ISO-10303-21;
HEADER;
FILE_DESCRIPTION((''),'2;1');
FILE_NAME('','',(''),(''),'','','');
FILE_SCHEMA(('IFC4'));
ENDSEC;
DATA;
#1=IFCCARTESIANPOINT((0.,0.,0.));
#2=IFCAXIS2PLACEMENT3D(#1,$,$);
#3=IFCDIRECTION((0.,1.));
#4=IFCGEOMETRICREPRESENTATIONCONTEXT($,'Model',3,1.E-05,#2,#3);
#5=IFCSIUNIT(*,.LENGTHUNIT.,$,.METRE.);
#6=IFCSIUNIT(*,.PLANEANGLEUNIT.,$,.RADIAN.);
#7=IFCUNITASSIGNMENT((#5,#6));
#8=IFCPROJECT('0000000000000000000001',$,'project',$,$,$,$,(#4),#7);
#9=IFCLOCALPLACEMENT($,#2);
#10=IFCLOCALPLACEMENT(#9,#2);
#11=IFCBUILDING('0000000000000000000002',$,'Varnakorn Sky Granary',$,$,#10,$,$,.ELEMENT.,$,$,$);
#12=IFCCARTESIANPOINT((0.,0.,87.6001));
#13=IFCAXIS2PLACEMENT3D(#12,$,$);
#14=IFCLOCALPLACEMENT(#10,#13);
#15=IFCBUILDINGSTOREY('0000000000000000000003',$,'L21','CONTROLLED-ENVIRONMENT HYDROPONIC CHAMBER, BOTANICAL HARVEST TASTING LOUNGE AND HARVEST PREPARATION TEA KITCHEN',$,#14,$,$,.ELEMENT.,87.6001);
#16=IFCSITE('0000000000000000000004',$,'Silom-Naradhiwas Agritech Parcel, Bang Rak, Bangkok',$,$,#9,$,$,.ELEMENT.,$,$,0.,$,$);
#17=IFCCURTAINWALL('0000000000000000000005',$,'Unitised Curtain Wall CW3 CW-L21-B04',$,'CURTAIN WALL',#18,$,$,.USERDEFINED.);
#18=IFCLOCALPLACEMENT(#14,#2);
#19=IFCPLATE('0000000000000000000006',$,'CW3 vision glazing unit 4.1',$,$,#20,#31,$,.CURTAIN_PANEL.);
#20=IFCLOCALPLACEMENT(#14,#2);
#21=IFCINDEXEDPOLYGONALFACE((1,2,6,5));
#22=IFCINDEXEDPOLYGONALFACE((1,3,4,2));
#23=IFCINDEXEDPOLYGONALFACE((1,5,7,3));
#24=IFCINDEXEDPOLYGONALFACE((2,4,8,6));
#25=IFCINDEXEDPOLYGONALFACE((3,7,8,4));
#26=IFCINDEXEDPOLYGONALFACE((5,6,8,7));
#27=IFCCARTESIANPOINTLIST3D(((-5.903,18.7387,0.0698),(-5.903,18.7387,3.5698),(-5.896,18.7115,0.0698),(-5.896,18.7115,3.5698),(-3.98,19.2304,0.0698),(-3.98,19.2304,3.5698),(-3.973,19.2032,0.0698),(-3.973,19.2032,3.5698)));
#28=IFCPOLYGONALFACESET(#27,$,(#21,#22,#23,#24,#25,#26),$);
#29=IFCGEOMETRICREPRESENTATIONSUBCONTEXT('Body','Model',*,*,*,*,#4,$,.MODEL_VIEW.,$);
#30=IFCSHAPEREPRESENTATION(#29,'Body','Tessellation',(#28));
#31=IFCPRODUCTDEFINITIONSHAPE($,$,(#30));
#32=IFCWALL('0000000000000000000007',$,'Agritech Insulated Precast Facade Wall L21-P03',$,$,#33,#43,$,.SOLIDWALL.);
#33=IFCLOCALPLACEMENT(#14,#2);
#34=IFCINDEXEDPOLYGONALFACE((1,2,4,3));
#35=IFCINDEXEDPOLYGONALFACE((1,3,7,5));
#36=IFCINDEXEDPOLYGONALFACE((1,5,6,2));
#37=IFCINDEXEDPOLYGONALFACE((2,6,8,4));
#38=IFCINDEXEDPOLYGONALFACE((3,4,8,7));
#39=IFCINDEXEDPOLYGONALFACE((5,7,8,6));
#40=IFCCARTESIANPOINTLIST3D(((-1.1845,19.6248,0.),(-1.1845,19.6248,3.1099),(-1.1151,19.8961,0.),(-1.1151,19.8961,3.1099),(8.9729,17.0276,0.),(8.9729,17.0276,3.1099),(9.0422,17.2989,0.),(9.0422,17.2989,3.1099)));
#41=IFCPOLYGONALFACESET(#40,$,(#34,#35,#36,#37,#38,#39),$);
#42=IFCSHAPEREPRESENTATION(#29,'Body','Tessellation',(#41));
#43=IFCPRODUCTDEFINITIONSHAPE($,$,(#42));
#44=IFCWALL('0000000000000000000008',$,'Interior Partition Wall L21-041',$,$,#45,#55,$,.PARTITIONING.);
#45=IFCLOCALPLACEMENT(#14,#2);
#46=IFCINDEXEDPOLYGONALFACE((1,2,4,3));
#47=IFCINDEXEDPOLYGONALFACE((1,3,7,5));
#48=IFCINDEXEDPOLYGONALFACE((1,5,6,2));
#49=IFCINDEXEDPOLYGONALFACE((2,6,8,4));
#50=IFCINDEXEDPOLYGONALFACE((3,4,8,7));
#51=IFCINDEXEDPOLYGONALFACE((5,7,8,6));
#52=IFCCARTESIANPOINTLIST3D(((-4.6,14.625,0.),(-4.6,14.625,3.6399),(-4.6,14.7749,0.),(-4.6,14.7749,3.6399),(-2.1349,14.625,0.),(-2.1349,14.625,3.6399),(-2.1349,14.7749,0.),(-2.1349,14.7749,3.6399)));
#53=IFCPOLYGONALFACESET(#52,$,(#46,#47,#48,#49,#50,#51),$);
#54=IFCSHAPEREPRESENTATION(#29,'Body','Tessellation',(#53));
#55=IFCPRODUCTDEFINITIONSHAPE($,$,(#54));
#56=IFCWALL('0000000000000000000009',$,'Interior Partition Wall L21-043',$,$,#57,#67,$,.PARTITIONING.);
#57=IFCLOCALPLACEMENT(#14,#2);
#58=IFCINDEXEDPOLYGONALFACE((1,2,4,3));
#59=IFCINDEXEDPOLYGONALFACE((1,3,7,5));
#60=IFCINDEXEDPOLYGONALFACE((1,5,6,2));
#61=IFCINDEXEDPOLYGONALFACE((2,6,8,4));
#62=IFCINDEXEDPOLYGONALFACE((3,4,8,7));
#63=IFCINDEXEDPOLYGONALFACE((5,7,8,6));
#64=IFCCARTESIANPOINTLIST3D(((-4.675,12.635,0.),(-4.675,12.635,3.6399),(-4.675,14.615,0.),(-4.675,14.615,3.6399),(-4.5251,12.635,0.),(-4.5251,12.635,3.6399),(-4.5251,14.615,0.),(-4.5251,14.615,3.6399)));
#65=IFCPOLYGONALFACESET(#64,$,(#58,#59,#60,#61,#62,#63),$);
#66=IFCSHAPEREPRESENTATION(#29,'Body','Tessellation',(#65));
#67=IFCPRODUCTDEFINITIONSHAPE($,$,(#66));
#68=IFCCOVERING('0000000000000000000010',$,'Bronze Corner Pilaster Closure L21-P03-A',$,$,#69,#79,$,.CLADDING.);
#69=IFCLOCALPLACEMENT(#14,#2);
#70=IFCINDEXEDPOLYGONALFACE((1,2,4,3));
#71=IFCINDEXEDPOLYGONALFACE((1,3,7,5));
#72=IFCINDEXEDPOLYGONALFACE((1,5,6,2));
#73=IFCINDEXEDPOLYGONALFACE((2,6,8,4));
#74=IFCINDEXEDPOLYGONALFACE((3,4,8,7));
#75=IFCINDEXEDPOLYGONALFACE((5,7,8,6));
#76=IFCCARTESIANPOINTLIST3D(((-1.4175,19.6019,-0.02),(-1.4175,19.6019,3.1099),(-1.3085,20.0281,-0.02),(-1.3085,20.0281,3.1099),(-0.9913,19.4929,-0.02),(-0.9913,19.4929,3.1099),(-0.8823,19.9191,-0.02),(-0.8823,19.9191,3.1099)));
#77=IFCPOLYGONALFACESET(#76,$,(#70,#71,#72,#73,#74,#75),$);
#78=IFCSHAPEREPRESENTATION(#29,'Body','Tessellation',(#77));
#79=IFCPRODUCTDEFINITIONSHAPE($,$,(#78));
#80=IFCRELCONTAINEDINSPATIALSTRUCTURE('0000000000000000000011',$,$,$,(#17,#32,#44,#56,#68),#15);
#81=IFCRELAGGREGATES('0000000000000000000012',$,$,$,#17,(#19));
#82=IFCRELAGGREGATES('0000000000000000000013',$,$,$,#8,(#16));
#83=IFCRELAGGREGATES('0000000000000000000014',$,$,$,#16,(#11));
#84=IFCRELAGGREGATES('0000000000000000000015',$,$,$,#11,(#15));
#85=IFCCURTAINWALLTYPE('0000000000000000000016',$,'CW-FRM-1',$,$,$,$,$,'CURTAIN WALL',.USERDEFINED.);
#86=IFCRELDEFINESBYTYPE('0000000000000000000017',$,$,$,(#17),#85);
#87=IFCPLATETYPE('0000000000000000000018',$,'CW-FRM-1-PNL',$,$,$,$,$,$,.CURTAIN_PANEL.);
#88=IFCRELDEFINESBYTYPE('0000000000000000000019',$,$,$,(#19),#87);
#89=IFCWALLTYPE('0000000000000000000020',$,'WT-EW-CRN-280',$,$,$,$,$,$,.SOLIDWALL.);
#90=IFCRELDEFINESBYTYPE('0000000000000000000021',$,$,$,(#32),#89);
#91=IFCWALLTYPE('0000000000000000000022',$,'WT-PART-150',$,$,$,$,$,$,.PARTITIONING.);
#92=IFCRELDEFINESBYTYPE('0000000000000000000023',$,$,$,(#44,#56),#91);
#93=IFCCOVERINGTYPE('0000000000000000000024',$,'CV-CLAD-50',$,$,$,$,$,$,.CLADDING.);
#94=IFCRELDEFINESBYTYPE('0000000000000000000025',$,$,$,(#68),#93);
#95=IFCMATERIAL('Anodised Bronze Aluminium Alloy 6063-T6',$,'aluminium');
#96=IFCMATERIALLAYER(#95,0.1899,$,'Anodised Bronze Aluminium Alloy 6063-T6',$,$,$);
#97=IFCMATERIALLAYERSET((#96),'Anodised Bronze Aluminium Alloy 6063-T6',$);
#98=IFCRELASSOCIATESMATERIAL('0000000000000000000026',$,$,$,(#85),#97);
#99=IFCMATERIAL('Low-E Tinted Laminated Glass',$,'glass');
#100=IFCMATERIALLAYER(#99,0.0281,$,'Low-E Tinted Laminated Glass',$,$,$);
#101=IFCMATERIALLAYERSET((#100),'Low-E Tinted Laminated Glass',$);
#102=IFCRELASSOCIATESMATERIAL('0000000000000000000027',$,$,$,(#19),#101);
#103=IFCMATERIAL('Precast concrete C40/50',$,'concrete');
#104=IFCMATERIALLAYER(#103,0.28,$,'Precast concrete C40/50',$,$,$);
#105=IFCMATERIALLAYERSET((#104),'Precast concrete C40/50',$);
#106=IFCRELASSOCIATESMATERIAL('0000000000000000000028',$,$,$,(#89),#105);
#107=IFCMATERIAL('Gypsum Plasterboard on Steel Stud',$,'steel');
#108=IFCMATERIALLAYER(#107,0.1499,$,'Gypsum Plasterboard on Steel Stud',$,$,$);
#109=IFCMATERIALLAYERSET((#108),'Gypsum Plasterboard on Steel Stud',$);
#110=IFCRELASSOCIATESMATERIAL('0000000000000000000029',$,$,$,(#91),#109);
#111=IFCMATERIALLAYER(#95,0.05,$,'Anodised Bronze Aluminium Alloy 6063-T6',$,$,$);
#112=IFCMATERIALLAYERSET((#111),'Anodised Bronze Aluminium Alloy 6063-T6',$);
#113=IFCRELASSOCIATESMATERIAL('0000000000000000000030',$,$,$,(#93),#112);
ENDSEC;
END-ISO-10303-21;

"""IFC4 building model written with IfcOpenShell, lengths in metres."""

from ifc_helpers import new_model, si_unit, direction, frame, frame_2d, origin, origin_2d, place, context, subcontext, project, spatial, rectangle, extrude, source, transform, mapped, material, layer, layer_set, type_object, type_shapes, element, aggregate, save


model = new_model("IFC4")

# Units and contexts
model_context = context("Model", 3, precision=1e-05, world=origin(), true_north=direction((0.0, 1.0)))
body_context = subcontext(model_context, "Body", "Model", "MODEL_VIEW")
ifc_project = project(units=[si_unit("LENGTHUNIT", "METRE"), si_unit("PLANEANGLEUNIT", "RADIAN")], contexts=[model_context])

# Site, building, storey
site_placement = place(None, origin())
site = spatial("IfcSite", under=ifc_project, at=site_placement, Name="Silom-Naradhiwas Agritech Parcel, Bang Rak, Bangkok", CompositionType="ELEMENT", RefElevation=0.0)
building_placement = place(site_placement, origin())
building = spatial("IfcBuilding", under=site, at=building_placement, Name="Varnakorn Sky Granary", CompositionType="ELEMENT")
storey_placement = place(building_placement, frame((0.0, 0.0, 87.6001)))
storey = spatial("IfcBuildingStorey", under=building, at=storey_placement, Name="L21", Description="CONTROLLED-ENVIRONMENT HYDROPONIC CHAMBER, BOTANICAL HARVEST TASTING LOUNGE AND HARVEST PREPARATION TEA KITCHEN", CompositionType="ELEMENT", Elevation=87.6001)

# Curtain wall, plate
ifc_material_1 = material(Name="Anodised Bronze Aluminium Alloy 6063-T6", Category="aluminium")
ifc_layer_1 = layer(ifc_material_1, 0.1899, Name="Anodised Bronze Aluminium Alloy 6063-T6")
ifc_layer_set_1 = layer_set([ifc_layer_1], Name="Anodised Bronze Aluminium Alloy 6063-T6")
curtain_wall_type = type_object("IfcCurtainWallType", Name="CW-FRM-1", ElementType="CURTAIN WALL", PredefinedType="USERDEFINED", material=ifc_layer_set_1)
curtain_wall_placement = place(storey_placement, origin())
curtain_wall = element("IfcCurtainWall", 1, at=curtain_wall_placement, inside=storey, type_object=curtain_wall_type, Name="Unitised Curtain Wall CW3 CW-L21-B04", ObjectType="CURTAIN WALL", PredefinedType="USERDEFINED")
ifc_material_2 = material(Name="Low-E Tinted Laminated Glass", Category="glass")
ifc_layer_2 = layer(ifc_material_2, 0.0281, Name="Low-E Tinted Laminated Glass")
ifc_layer_set_2 = layer_set([ifc_layer_2], Name="Low-E Tinted Laminated Glass")
plate_type = type_object("IfcPlateType", Name="CW-FRM-1-PNL", PredefinedType="CURTAIN_PANEL")
shared_shape_1 = source(origin(), body_context, "Body", "SweptSolid", [
    extrude(rectangle(XDim=1.9849, YDim=0.0281, at=origin_2d()), origin(), (0.0, 0.0, 1.0), 3.5),
])
plate_1_placement = place(storey_placement, frame((-4.938, 18.9709, 0.0698), z_axis=(0.0, 0.0, 1.0), x_axis=(0.968829, 0.247729, 0.0)))
plate_1 = element("IfcPlate", 2, at=plate_1_placement, type_object=plate_type, material=ifc_layer_set_2, Name="CW3 vision glazing unit 4.1", PredefinedType="CURTAIN_PANEL", context=body_context, shape_type="MappedRepresentation", body=[
    mapped(shared_shape_1, transform((0.0, 0.0, 0.0), x_axis=(1.0, 0.0, 0.0), y_axis=(0.0, 1.0, 0.0), z_axis=(0.0, 0.0, 1.0), scale=1.0)),
])
aggregate(curtain_wall, [plate_1])

# Walls
ifc_material_3 = material(Name="Precast concrete C40/50", Category="concrete")
ifc_layer_3 = layer(ifc_material_3, 0.28, Name="Precast concrete C40/50")
ifc_layer_set_3 = layer_set([ifc_layer_3], Name="Precast concrete C40/50")
wall_type_1 = type_object("IfcWallType", Name="WT-EW-CRN-280", PredefinedType="SOLIDWALL", material=ifc_layer_set_3)
wall_1_placement = place(storey_placement, frame((-1.1499, 19.7605, 0.0), z_axis=(0.0, 0.0, 1.0), x_axis=(0.96883, -0.247727, 0.0)))
element("IfcWall", 3, at=wall_1_placement, inside=storey, type_object=wall_type_1, Name="Agritech Insulated Precast Facade Wall L21-P03", PredefinedType="SOLIDWALL", context=body_context, shape_type="SweptSolid", body=[
    extrude(rectangle(XDim=10.4841, YDim=0.28, at=frame_2d((5.2422, 0.0))), origin(), (0.0, 0.0, 1.0), 3.1099),
])
ifc_material_4 = material(Name="Gypsum Plasterboard on Steel Stud", Category="steel")
ifc_layer_4 = layer(ifc_material_4, 0.1499, Name="Gypsum Plasterboard on Steel Stud")
ifc_layer_set_4 = layer_set([ifc_layer_4], Name="Gypsum Plasterboard on Steel Stud")
wall_type_2 = type_object("IfcWallType", Name="WT-PART-150", PredefinedType="PARTITIONING", material=ifc_layer_set_4)
wall_2_placement = place(storey_placement, frame((-2.135, 14.7, 0.0), z_axis=(0.0, 0.0, 1.0), x_axis=(-1.0, 0.0, 0.0)))
element("IfcWall", 4, at=wall_2_placement, inside=storey, type_object=wall_type_2, Name="Interior Partition Wall L21-041", PredefinedType="PARTITIONING", context=body_context, shape_type="SweptSolid", body=[
    extrude(rectangle(XDim=2.4651, YDim=0.1499, at=frame_2d((1.2324, 0.0))), origin(), (0.0, 0.0, 1.0), 3.6399),
])
wall_3_placement = place(storey_placement, frame((-4.6001, 14.615, 0.0), z_axis=(0.0, 0.0, 1.0), x_axis=(0.0, -1.0, 0.0)))
element("IfcWall", 5, at=wall_3_placement, inside=storey, type_object=wall_type_2, Name="Interior Partition Wall L21-043", PredefinedType="PARTITIONING", context=body_context, shape_type="SweptSolid", body=[
    extrude(rectangle(XDim=1.98, YDim=0.1499, at=frame_2d((0.99, 0.0))), origin(), (0.0, 0.0, 1.0), 3.6399),
])

# Covering
ifc_layer_5 = layer(ifc_material_1, 0.05, Name="Anodised Bronze Aluminium Alloy 6063-T6")
ifc_layer_set_5 = layer_set([ifc_layer_5], Name="Anodised Bronze Aluminium Alloy 6063-T6")
covering_type = type_object("IfcCoveringType", Name="CV-CLAD-50", PredefinedType="CLADDING", material=ifc_layer_set_5)
shared_shape_2 = source(origin(), body_context, "Body", "SweptSolid", [
    extrude(rectangle(XDim=0.4399, YDim=0.4399, at=origin_2d()), origin(), (0.0, 0.0, 1.0), 3.1299),
])
type_shapes(covering_type, [shared_shape_2])
covering_placement = place(storey_placement, frame((-1.1499, 19.7605, -0.02), z_axis=(0.0, 0.0, 1.0), x_axis=(0.968843, -0.247675, 0.0)))
element("IfcCovering", 6, at=covering_placement, inside=storey, type_object=covering_type, Name="Bronze Corner Pilaster Closure L21-P03-A", PredefinedType="CLADDING", context=body_context, shape_type="MappedRepresentation", body=[
    mapped(shared_shape_2, transform((0.0, 0.0, 0.0), x_axis=(1.0, 0.0, 0.0), y_axis=(0.0, 1.0, 0.0), z_axis=(0.0, 0.0, 1.0), scale=1.0)),
])

save(model, "model.ifc")
